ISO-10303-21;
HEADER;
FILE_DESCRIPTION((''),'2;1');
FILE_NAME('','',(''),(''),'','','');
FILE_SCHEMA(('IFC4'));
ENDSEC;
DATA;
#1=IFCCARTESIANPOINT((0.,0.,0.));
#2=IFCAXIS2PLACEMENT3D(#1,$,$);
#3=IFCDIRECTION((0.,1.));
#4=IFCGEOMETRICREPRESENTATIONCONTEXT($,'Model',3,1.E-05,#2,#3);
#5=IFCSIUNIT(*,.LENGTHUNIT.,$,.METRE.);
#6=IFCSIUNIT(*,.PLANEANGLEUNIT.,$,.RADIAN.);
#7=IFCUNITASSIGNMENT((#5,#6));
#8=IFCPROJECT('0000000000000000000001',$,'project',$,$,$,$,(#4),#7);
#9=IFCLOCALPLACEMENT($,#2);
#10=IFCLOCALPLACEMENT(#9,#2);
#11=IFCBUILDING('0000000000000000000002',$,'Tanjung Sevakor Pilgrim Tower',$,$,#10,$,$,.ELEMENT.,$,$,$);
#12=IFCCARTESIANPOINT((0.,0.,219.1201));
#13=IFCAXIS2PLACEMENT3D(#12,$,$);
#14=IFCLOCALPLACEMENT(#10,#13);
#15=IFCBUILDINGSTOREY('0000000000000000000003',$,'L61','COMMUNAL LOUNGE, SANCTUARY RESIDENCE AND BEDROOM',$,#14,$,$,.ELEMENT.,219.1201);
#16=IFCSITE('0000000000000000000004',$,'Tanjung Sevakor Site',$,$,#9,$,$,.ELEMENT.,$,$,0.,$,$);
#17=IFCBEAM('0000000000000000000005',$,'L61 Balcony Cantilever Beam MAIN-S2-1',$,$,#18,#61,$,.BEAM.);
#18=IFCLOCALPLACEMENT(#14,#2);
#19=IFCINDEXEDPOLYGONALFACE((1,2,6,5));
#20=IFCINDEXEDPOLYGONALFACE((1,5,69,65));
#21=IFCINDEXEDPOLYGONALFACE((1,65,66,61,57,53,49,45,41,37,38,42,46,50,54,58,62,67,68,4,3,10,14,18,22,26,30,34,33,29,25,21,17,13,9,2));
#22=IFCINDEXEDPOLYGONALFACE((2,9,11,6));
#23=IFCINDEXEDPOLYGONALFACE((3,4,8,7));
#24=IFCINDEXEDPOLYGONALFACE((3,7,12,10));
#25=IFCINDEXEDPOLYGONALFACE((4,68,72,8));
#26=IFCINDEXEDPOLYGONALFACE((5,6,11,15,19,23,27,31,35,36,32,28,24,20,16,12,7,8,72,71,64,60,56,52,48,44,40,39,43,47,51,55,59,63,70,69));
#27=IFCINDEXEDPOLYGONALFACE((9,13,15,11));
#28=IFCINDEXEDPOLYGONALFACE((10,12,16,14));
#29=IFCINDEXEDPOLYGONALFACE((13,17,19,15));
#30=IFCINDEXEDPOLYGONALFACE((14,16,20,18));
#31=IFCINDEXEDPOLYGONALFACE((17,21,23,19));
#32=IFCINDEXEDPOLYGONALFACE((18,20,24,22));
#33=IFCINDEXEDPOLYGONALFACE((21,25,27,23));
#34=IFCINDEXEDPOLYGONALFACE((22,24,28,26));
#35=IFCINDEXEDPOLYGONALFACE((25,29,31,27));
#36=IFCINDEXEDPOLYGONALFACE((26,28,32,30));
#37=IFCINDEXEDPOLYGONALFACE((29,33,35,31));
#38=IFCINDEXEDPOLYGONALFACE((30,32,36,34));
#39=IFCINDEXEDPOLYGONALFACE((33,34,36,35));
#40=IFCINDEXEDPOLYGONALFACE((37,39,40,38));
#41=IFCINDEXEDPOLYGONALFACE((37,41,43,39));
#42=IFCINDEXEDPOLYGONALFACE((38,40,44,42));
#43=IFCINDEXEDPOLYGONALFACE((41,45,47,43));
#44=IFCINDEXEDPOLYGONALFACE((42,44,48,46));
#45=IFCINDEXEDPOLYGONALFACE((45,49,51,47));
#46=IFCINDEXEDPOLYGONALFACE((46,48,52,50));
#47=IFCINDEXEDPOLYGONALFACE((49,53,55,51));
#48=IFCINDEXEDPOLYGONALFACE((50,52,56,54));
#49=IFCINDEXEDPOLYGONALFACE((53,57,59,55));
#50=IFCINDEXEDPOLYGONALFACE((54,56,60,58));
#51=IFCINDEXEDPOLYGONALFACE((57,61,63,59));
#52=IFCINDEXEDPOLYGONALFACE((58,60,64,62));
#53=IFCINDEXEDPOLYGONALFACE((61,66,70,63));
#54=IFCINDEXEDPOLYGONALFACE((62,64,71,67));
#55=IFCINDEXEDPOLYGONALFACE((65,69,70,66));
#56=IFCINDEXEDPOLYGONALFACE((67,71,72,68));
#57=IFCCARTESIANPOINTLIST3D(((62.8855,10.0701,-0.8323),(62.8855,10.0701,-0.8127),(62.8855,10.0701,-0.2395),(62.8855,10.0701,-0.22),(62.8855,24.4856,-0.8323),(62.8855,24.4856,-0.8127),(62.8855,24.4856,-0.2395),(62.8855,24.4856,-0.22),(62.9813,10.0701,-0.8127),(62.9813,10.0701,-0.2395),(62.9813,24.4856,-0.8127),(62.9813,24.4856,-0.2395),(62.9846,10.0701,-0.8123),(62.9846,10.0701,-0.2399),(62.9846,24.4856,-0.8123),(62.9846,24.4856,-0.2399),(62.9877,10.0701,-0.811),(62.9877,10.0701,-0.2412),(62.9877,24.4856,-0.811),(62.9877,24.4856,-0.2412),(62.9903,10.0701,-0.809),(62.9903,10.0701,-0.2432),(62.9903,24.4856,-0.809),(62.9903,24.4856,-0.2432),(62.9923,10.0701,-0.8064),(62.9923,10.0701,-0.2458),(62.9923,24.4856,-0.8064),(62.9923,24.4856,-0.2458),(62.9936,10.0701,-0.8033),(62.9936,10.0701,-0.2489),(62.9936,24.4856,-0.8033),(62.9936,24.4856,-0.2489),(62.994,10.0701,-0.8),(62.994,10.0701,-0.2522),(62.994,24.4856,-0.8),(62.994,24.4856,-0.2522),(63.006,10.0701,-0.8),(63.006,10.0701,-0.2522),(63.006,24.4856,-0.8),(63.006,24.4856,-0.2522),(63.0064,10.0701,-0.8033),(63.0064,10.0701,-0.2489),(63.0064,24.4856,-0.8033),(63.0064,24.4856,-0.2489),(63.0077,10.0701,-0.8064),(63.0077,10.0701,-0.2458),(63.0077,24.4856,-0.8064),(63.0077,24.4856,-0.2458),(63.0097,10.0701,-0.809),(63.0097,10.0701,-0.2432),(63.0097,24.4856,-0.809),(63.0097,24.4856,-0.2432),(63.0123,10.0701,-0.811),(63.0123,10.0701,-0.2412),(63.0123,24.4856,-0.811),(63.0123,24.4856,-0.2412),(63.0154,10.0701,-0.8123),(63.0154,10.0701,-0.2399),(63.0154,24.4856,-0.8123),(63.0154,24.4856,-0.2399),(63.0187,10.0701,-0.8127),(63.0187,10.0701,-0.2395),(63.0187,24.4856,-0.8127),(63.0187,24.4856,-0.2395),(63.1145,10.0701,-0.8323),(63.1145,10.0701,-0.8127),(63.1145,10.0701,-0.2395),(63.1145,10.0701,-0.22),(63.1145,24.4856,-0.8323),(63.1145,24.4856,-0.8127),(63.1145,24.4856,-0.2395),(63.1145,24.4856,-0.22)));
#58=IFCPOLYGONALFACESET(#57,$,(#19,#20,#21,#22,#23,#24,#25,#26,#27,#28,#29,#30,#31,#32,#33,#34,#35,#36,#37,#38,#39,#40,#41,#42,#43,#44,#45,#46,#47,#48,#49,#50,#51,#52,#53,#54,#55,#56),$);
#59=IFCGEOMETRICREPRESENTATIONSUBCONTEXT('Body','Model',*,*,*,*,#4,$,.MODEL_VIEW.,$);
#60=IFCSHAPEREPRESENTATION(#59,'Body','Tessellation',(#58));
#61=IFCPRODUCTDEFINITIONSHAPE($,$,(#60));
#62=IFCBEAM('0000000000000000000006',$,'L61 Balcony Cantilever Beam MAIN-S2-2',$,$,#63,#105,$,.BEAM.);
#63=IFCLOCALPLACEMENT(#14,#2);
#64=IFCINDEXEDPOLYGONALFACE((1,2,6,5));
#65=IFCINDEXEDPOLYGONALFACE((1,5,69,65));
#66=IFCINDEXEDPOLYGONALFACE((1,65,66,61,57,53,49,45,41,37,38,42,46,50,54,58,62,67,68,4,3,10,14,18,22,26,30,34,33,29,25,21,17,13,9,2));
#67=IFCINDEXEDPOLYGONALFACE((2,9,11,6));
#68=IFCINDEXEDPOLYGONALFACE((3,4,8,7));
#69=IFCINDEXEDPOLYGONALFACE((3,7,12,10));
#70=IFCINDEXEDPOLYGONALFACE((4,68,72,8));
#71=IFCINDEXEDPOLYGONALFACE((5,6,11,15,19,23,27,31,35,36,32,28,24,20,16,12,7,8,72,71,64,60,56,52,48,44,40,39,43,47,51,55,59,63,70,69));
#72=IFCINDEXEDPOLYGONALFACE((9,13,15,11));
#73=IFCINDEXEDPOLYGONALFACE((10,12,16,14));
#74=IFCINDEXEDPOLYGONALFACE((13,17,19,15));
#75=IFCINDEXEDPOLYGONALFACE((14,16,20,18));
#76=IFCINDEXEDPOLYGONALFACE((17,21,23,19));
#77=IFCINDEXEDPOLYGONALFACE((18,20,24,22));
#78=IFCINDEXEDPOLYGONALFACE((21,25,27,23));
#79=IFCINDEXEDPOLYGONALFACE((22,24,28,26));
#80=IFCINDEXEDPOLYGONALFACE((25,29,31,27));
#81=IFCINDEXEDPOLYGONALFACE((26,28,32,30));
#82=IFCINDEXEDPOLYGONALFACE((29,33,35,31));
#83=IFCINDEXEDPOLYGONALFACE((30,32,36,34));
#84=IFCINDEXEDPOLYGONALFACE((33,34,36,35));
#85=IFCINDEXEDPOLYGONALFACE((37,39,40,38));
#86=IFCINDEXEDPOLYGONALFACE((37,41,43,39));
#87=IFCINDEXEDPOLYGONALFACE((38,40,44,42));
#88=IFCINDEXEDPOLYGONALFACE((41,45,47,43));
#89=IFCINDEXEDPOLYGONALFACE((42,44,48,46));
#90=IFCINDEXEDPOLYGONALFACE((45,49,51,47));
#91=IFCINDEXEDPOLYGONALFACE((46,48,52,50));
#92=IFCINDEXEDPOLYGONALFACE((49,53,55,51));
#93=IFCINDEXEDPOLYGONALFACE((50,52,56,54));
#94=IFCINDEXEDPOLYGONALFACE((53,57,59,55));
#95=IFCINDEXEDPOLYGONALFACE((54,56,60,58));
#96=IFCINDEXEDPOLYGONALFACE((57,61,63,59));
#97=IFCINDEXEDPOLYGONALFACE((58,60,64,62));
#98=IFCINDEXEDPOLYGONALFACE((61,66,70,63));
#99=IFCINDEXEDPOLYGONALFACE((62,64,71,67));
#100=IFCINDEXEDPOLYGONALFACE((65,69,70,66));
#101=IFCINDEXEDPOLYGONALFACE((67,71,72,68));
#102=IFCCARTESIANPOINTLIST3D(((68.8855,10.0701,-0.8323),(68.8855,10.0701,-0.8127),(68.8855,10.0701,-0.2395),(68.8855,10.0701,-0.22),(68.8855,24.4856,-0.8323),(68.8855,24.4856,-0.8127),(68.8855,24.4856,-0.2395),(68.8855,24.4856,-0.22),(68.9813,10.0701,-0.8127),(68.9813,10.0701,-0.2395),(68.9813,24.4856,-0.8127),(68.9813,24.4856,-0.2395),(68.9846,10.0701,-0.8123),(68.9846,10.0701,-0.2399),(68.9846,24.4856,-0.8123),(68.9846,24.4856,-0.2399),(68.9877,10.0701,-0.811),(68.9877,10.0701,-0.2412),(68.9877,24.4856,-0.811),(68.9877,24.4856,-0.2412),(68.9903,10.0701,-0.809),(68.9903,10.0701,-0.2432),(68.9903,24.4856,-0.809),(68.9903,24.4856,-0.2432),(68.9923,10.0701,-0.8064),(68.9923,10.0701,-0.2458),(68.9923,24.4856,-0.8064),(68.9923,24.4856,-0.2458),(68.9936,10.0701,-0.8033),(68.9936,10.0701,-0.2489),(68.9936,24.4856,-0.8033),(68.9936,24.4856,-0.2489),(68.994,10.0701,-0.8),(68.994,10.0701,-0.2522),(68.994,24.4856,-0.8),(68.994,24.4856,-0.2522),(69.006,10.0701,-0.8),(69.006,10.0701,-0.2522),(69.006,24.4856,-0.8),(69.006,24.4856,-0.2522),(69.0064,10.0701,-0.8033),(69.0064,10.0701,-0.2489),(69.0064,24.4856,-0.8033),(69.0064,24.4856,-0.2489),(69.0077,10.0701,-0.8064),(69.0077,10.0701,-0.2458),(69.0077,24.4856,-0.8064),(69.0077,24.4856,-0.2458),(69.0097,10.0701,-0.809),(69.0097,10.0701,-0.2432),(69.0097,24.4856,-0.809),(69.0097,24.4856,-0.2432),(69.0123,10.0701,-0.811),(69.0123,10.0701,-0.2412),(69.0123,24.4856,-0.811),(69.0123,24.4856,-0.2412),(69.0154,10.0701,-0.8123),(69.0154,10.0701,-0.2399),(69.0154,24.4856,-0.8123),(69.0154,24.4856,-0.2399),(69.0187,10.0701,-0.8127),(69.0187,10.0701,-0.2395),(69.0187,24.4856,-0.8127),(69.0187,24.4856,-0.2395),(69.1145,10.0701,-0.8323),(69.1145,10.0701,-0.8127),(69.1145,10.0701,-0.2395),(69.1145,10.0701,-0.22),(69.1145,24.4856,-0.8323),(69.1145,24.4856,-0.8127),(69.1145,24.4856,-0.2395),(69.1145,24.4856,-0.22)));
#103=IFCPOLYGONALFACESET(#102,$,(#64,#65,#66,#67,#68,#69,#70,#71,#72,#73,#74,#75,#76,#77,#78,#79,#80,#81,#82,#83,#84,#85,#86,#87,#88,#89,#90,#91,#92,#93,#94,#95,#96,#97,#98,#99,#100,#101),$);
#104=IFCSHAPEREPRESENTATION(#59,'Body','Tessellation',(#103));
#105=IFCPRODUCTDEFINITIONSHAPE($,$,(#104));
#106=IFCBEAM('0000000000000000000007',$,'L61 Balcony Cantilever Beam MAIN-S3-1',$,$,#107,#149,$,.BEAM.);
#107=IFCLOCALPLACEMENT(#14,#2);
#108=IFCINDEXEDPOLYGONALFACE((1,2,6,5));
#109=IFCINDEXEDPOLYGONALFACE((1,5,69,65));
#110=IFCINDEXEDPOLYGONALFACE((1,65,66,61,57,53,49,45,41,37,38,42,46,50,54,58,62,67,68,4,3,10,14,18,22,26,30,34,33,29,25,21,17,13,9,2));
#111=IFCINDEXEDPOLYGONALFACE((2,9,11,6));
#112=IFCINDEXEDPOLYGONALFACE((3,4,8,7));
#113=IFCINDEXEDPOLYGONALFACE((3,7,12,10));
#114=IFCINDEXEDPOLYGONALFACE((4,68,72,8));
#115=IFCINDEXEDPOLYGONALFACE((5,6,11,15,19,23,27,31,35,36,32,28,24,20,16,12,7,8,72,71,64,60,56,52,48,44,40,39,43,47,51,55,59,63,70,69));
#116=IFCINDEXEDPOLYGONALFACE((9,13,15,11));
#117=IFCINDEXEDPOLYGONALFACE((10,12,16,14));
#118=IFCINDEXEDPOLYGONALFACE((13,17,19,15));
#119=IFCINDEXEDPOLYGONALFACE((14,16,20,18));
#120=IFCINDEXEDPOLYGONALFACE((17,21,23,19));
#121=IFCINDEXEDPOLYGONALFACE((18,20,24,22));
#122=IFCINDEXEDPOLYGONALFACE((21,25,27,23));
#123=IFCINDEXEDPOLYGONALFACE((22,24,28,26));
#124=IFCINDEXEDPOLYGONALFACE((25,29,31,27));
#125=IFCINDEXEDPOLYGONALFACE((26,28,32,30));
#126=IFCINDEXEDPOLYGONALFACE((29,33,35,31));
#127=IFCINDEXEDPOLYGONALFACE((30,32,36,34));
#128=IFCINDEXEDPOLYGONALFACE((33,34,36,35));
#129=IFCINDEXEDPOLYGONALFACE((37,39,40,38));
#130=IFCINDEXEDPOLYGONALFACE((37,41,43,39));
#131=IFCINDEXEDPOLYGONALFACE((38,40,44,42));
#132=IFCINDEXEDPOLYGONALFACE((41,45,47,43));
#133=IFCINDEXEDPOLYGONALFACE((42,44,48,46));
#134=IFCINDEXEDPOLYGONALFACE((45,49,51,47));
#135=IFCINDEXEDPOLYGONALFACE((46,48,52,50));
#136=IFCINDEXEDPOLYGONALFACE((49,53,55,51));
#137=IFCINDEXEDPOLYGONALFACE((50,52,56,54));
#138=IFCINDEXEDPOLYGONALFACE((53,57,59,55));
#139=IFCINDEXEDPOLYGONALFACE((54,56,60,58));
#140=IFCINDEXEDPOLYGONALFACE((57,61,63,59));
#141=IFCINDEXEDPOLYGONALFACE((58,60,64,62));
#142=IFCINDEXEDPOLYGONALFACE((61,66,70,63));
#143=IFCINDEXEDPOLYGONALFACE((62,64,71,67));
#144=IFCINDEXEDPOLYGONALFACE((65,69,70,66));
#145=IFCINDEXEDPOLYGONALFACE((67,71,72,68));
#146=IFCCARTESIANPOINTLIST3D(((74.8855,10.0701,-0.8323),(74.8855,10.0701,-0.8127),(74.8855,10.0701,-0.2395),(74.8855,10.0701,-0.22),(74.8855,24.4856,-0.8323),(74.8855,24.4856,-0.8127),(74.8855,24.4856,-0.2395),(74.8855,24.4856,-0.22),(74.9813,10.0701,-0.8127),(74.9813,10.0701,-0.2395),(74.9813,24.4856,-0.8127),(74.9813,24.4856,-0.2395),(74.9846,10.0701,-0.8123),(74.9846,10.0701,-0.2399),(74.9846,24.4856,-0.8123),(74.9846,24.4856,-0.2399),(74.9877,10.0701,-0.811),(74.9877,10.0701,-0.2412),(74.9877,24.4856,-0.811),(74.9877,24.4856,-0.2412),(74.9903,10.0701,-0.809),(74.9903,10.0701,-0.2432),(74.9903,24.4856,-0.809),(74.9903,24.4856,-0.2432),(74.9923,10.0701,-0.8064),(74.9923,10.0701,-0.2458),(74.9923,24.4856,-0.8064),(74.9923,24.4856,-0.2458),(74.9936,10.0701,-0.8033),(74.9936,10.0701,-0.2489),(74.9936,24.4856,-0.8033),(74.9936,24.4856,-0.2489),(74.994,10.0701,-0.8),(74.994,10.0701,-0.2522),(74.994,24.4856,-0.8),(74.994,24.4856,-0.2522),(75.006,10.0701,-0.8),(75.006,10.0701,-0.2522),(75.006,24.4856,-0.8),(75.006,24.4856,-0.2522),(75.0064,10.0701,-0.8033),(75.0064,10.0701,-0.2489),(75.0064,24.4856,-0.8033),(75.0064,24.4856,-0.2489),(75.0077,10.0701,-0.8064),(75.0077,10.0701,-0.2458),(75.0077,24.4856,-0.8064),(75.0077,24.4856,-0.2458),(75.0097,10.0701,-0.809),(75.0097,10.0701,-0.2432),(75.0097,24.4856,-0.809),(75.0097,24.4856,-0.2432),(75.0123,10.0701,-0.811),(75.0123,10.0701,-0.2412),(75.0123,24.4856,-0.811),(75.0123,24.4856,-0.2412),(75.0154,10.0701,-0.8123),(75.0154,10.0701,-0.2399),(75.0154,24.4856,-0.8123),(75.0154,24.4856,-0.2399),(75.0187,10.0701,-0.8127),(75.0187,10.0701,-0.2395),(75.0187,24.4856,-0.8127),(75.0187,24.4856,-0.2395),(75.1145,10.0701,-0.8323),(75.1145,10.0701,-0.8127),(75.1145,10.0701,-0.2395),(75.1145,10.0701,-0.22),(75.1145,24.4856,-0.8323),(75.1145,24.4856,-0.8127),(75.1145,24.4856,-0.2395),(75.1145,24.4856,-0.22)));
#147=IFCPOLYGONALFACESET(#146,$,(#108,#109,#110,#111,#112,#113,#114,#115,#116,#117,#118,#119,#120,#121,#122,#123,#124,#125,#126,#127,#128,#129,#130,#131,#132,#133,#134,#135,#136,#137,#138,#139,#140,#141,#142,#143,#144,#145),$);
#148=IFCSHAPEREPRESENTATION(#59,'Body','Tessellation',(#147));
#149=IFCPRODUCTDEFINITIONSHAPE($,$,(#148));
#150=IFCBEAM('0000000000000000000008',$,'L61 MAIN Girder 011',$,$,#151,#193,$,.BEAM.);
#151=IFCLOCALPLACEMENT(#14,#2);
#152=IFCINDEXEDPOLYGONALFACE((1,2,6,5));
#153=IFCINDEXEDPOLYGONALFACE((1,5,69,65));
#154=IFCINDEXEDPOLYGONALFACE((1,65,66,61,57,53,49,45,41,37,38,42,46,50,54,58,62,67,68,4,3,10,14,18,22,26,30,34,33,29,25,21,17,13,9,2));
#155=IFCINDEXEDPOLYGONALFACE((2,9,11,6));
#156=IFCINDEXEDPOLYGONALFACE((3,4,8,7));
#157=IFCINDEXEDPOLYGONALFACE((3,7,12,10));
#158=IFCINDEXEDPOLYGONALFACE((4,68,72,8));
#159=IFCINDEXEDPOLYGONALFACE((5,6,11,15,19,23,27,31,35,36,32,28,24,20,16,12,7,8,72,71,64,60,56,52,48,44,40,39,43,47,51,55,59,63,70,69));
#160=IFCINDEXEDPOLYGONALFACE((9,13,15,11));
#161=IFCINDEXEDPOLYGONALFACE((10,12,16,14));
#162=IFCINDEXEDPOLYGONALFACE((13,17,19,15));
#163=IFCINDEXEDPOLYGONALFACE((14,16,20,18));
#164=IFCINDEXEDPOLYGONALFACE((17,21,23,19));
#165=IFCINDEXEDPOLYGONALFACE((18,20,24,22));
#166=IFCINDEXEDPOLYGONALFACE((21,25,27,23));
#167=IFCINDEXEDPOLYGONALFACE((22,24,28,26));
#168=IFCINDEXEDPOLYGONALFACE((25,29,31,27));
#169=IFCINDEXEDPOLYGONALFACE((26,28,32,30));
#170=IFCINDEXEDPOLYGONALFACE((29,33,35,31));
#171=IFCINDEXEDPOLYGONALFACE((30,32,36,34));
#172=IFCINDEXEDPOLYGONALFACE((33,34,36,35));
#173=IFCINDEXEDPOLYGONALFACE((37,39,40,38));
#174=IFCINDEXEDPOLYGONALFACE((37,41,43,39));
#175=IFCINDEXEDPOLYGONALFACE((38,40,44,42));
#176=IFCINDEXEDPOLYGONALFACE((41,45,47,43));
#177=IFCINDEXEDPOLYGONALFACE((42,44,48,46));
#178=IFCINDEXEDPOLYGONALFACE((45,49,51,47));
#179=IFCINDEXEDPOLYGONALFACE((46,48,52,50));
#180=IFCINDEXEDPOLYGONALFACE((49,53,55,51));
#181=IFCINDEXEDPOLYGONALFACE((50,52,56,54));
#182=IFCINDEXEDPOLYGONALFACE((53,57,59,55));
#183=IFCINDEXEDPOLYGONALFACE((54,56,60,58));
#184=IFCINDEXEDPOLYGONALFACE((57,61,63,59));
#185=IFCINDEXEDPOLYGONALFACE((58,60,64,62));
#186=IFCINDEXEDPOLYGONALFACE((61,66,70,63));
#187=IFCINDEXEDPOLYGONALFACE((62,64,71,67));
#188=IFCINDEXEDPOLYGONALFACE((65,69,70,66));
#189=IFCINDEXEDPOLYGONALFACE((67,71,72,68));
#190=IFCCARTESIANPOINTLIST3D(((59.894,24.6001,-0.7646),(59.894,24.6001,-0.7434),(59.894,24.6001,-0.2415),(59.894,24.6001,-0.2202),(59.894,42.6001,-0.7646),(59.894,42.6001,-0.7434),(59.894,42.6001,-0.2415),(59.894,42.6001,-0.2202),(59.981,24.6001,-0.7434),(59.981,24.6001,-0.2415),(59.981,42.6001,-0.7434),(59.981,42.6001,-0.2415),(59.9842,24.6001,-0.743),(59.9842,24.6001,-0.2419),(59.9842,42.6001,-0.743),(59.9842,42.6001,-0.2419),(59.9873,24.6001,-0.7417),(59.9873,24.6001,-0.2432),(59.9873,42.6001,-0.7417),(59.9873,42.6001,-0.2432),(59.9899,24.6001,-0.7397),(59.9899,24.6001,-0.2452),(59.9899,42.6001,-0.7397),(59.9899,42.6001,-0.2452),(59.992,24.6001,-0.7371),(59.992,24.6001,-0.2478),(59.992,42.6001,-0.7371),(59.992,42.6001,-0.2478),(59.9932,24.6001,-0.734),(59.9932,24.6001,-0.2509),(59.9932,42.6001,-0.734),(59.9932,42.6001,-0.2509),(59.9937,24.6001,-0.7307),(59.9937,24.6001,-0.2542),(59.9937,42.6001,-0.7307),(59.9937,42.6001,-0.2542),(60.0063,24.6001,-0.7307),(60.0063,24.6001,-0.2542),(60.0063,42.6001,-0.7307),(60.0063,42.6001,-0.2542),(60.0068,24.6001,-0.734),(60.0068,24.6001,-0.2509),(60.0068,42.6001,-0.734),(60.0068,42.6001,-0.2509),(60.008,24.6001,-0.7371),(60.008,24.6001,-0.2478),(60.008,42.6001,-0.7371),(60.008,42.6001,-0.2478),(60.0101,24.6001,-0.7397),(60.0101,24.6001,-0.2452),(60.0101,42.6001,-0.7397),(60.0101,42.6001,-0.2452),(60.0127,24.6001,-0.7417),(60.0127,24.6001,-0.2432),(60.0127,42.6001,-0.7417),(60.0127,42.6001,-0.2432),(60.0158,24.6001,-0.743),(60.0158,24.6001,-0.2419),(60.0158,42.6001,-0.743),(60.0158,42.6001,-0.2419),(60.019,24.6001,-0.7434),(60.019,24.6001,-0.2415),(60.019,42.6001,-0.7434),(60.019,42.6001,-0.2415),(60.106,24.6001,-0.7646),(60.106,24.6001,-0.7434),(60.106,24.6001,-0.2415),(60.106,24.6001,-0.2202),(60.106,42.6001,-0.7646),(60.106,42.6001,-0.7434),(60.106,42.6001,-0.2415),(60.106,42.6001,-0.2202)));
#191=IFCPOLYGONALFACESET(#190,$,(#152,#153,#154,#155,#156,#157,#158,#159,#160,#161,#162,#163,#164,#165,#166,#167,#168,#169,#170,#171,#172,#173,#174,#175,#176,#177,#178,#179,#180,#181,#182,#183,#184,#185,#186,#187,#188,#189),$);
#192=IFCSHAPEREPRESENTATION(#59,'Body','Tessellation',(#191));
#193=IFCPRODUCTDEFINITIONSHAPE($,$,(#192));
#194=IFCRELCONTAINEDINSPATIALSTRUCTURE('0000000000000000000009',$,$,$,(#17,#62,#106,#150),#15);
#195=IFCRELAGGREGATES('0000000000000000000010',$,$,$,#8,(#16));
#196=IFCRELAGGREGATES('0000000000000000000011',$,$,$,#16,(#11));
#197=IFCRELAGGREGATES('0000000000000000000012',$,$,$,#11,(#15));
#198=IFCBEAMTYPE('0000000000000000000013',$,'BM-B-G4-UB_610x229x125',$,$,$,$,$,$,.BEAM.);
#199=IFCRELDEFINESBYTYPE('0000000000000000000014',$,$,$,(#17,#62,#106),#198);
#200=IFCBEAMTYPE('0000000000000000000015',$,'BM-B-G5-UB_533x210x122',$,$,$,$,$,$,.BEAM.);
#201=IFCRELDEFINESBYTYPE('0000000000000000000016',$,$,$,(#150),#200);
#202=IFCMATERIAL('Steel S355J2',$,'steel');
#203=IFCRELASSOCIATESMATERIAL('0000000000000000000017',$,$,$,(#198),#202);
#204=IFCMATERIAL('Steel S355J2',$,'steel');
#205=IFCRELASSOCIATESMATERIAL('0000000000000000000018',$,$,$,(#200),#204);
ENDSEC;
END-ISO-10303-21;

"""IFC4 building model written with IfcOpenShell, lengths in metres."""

from ifc_helpers import new_model, si_unit, direction, frame, origin, origin_2d, place, context, subcontext, project, spatial, i_section, extrude, material, material_profile, profile_set, type_object, element, save


model = new_model("IFC4")

# Units and contexts
model_context = context("Model", 3, precision=1e-05, world=origin(), true_north=direction((0.0, 1.0)))
body_context = subcontext(model_context, "Body", "Model", "MODEL_VIEW")
ifc_project = project(units=[si_unit("LENGTHUNIT", "METRE"), si_unit("PLANEANGLEUNIT", "RADIAN")], contexts=[model_context])

# Site, building, storey
site_placement = place(None, origin())
site = spatial("IfcSite", under=ifc_project, at=site_placement, Name="Tanjung Sevakor Site", CompositionType="ELEMENT", RefElevation=0.0)
building_placement = place(site_placement, origin())
building = spatial("IfcBuilding", under=site, at=building_placement, Name="Tanjung Sevakor Pilgrim Tower", CompositionType="ELEMENT")
storey_placement = place(building_placement, frame((0.0, 0.0, 219.1201)))
storey = spatial("IfcBuildingStorey", under=building, at=storey_placement, Name="L61", Description="COMMUNAL LOUNGE, SANCTUARY RESIDENCE AND BEDROOM", CompositionType="ELEMENT", Elevation=219.1201)

# Beams
ifc_material_1 = material(Name="Steel S355J2", Category="steel")
ifc_material_profile_1 = material_profile(ifc_material_1, i_section(OverallWidth=0.229, OverallDepth=0.6123, WebThickness=0.012, FlangeThickness=0.0195, FilletRadius=0.0127, at=origin_2d()))
ifc_profile_set_1 = profile_set([ifc_material_profile_1], Name="Steel S355J2")
beam_type_1 = type_object("IfcBeamType", Name="BM-B-G4-UB_610x229x125", PredefinedType="BEAM", material=ifc_profile_set_1)
for number, where, z_axis, x_axis, name in (
    (1, (63.0, 24.4856, -0.5261), (0.0, -1.0, 0.0), (1.0, 0.0, 0.0), "L61 Balcony Cantilever Beam MAIN-S2-1"),
    (2, (69.0, 24.4856, -0.5261), (0.0, -1.0, 0.0), (1.0, 0.0, 0.0), "L61 Balcony Cantilever Beam MAIN-S2-2"),
    (3, (75.0, 24.4856, -0.5261), (0.0, -1.0, 0.0), (1.0, 0.0, 0.0), "L61 Balcony Cantilever Beam MAIN-S3-1"),
):
    element("IfcBeam", number, at=place(storey_placement, frame(where, z_axis=z_axis, x_axis=x_axis)), inside=storey, type_object=beam_type_1, Name=name, PredefinedType="BEAM", context=body_context, shape_type="SweptSolid", body=[
        extrude(i_section(OverallWidth=0.229, OverallDepth=0.6123, WebThickness=0.012, FlangeThickness=0.0195, FilletRadius=0.0127, at=origin_2d()), origin(), (0.0, 0.0, 1.0), 14.4155),
    ])
ifc_material_2 = material(Name="Steel S355J2", Category="steel")
ifc_material_profile_2 = material_profile(ifc_material_2, i_section(OverallWidth=0.2119, OverallDepth=0.5444, WebThickness=0.0127, FlangeThickness=0.0212, FilletRadius=0.0127, at=origin_2d()))
ifc_profile_set_2 = profile_set([ifc_material_profile_2], Name="Steel S355J2")
beam_type_2 = type_object("IfcBeamType", Name="BM-B-G5-UB_533x210x122", PredefinedType="BEAM", material=ifc_profile_set_2)
for number, where, z_axis, x_axis, name in (
    (4, (60.0, 24.6001, -0.4924), (0.0, 1.0, 0.0), (-1.0, 0.0, 0.0), "L61 MAIN Girder 011"),
):
    element("IfcBeam", number, at=place(storey_placement, frame(where, z_axis=z_axis, x_axis=x_axis)), inside=storey, type_object=beam_type_2, Name=name, PredefinedType="BEAM", context=body_context, shape_type="SweptSolid", body=[
        extrude(i_section(OverallWidth=0.2119, OverallDepth=0.5444, WebThickness=0.0127, FlangeThickness=0.0212, FilletRadius=0.0127, at=origin_2d()), origin(), (0.0, 0.0, 1.0), 18.0),
    ])

save(model, "model.ifc")
